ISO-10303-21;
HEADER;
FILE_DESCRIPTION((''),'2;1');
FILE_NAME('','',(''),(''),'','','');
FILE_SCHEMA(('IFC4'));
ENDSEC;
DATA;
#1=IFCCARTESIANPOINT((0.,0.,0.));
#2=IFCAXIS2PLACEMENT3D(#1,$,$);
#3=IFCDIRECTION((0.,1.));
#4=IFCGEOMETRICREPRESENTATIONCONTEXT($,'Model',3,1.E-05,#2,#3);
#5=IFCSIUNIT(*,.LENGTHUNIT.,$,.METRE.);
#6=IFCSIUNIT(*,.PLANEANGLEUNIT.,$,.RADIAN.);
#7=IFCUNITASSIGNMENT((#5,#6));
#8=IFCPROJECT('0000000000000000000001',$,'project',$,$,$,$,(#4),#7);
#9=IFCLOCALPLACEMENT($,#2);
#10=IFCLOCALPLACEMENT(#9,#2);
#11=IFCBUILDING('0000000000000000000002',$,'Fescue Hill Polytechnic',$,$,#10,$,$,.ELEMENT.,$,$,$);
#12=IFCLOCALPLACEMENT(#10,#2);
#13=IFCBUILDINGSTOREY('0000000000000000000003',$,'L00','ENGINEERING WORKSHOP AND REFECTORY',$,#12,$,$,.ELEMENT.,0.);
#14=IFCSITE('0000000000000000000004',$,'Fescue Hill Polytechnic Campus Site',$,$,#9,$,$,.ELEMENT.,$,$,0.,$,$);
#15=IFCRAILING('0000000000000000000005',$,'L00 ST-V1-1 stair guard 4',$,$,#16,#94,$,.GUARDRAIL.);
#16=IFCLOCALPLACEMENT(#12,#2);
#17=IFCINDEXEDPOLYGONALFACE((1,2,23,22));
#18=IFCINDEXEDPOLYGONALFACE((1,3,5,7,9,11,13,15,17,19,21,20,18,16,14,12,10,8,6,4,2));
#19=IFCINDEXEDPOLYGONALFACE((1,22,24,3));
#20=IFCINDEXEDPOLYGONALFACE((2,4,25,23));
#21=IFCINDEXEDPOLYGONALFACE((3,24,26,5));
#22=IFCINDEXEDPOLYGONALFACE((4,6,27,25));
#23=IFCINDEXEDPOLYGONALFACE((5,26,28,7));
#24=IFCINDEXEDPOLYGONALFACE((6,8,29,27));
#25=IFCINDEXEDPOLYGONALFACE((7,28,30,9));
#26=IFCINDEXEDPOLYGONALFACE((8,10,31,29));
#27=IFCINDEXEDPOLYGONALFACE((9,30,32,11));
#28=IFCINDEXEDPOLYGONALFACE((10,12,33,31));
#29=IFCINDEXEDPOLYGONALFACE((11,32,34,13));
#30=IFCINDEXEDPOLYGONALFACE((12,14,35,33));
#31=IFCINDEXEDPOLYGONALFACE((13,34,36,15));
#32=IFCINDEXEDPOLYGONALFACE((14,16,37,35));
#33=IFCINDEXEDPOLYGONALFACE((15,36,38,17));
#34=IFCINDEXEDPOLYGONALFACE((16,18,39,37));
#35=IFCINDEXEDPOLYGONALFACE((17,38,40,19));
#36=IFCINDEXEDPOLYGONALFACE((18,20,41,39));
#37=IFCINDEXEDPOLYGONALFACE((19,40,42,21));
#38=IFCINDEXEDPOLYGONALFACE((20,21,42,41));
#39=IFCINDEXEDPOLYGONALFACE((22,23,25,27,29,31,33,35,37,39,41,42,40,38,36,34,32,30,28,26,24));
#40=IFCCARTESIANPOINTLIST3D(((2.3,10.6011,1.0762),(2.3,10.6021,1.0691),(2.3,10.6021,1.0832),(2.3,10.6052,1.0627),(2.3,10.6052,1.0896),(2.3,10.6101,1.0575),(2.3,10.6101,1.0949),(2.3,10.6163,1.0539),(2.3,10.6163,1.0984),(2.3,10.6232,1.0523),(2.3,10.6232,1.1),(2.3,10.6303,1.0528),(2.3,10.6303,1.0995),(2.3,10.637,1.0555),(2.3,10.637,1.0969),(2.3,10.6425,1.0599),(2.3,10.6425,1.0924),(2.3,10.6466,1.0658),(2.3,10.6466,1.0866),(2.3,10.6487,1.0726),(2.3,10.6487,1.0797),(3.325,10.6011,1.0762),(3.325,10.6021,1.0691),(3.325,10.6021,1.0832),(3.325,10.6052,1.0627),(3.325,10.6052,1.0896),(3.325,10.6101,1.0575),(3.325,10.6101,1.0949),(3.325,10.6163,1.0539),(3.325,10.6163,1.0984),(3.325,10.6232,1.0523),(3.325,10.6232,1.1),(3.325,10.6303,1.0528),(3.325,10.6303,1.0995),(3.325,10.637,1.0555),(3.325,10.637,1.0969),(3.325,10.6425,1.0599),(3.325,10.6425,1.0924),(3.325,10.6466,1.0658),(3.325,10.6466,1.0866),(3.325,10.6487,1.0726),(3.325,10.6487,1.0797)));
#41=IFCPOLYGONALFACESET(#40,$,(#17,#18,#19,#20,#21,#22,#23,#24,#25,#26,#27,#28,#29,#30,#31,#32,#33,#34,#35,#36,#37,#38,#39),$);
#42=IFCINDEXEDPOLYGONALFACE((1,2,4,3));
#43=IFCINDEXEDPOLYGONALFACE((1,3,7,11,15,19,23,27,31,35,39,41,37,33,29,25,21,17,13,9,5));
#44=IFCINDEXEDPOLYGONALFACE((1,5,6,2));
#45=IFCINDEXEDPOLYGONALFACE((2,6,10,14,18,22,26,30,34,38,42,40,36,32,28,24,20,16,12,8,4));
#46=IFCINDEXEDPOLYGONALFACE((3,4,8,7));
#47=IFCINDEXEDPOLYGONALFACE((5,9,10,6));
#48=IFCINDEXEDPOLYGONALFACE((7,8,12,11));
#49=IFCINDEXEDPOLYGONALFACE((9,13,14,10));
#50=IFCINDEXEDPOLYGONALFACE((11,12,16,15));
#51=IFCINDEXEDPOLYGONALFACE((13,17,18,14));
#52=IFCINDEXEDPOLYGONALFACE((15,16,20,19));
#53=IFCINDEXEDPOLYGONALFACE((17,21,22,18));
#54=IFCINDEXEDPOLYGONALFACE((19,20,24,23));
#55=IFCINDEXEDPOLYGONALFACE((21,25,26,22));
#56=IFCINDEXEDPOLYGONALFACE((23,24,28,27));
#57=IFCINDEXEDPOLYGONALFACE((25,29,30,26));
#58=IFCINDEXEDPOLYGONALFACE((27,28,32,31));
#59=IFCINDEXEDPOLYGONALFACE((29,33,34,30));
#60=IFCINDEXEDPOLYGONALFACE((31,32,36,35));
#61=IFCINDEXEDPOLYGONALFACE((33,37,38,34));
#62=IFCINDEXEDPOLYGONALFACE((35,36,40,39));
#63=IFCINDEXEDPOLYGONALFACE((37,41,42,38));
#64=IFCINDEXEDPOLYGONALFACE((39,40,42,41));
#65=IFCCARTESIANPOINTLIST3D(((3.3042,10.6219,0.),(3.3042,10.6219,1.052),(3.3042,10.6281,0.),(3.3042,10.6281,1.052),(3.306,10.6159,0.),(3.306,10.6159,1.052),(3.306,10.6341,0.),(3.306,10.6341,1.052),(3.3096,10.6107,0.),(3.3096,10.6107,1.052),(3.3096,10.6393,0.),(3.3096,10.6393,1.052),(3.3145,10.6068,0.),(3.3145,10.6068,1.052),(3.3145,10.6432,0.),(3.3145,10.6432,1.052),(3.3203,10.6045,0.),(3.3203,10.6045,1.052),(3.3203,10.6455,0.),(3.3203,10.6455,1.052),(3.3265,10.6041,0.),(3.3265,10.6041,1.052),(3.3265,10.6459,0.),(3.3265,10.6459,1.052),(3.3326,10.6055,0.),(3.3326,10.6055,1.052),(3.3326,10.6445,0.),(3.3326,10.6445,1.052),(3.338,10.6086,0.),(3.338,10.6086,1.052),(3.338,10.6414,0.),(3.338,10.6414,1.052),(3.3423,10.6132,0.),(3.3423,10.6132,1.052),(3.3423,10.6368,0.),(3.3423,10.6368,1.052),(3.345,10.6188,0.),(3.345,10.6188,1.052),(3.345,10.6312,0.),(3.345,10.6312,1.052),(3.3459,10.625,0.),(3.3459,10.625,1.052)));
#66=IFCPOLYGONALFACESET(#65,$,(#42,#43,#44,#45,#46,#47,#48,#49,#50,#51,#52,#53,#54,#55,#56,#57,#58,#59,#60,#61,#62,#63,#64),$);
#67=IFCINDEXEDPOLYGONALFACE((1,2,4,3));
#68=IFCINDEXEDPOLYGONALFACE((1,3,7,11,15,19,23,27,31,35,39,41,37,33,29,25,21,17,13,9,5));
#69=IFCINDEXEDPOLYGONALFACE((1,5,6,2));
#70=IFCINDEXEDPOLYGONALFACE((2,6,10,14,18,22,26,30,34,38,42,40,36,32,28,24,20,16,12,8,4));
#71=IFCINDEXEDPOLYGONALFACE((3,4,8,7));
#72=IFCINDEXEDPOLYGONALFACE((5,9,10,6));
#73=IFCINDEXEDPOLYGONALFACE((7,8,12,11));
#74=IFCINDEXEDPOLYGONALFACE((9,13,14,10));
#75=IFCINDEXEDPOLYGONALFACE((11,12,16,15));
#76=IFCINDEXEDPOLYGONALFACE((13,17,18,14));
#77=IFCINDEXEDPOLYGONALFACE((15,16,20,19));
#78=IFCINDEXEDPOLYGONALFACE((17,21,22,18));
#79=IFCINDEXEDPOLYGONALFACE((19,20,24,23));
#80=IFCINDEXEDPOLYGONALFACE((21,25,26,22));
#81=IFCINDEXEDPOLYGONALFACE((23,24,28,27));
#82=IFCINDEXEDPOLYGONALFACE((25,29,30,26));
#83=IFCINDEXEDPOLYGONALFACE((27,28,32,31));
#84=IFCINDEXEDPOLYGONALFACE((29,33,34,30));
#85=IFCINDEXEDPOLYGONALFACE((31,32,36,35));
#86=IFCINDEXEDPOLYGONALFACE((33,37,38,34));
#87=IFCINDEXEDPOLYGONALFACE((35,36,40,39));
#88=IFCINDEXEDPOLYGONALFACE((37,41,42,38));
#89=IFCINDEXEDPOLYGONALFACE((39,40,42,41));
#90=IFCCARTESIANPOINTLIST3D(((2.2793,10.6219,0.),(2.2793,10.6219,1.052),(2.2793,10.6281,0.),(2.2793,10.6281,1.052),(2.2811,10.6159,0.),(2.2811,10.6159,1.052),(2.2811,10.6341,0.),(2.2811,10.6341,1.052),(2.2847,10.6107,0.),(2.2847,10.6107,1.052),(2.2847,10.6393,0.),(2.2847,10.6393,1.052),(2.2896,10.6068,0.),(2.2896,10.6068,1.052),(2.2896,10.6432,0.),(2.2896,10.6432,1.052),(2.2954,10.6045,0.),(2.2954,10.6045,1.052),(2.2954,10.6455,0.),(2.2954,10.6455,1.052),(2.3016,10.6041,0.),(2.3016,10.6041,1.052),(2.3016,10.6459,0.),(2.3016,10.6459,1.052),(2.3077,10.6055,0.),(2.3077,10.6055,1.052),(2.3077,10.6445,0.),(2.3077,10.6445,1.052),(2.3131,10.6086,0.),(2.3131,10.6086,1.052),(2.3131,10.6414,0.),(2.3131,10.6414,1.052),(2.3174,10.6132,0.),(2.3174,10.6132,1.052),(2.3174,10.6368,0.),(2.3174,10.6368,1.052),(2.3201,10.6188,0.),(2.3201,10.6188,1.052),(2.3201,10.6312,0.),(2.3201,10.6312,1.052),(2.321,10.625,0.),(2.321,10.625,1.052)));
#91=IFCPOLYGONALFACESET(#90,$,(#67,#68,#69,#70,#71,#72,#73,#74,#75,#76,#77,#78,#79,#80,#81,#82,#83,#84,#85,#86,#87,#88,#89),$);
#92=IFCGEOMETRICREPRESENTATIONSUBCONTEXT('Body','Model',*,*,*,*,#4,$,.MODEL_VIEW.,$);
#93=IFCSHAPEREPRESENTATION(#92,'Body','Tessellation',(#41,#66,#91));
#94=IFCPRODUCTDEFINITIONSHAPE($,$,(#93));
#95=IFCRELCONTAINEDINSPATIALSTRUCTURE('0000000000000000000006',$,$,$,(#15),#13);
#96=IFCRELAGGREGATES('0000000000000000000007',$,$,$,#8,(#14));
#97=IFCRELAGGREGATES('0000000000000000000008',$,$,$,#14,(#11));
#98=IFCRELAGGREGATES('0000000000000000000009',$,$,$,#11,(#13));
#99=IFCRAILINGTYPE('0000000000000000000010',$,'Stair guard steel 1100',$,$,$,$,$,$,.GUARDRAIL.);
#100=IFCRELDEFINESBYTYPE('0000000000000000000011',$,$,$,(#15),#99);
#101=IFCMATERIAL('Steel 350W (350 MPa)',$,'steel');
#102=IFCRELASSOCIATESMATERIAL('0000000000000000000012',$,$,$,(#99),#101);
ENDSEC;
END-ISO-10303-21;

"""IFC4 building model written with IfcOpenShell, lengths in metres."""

from ifc_helpers import new_model, si_unit, direction, frame, origin, origin_2d, place, context, subcontext, project, spatial, circle, extrude, material, type_object, element, save


model = new_model("IFC4")

# Units and contexts
model_context = context("Model", 3, precision=1e-05, world=origin(), true_north=direction((0.0, 1.0)))
body_context = subcontext(model_context, "Body", "Model", "MODEL_VIEW")
ifc_project = project(units=[si_unit("LENGTHUNIT", "METRE"), si_unit("PLANEANGLEUNIT", "RADIAN")], contexts=[model_context])

# Site, building, storey
site_placement = place(None, origin())
site = spatial("IfcSite", under=ifc_project, at=site_placement, Name="Fescue Hill Polytechnic Campus Site", CompositionType="ELEMENT", RefElevation=0.0)
building_placement = place(site_placement, origin())
building = spatial("IfcBuilding", under=site, at=building_placement, Name="Fescue Hill Polytechnic", CompositionType="ELEMENT")
storey_placement = place(building_placement, origin())
storey = spatial("IfcBuildingStorey", under=building, at=storey_placement, Name="L00", Description="ENGINEERING WORKSHOP AND REFECTORY", CompositionType="ELEMENT", Elevation=0.0)

# Railing
ifc_material_1 = material(Name="Steel 350W (350 MPa)", Category="steel")
railing_type_1 = type_object("IfcRailingType", Name="Stair guard steel 1100", PredefinedType="GUARDRAIL", material=ifc_material_1)
railing_1_placement = place(storey_placement, frame((3.325, 10.625, 0.0)))
element("IfcRailing", 1, at=railing_1_placement, inside=storey, type_object=railing_type_1, Name="L00 ST-V1-1 stair guard 4", PredefinedType="GUARDRAIL", context=body_context, shape_type="SweptSolid", body=[
    extrude(circle(Radius=0.0239, at=origin_2d()), frame((0.0, 0.0, 1.0762), z_axis=(-1.0, 0.0, 0.0), x_axis=(0.0, -1.0, 0.0)), (0.0, 0.0, 1.0), 1.0249),
    extrude(circle(Radius=0.021, at=origin_2d()), origin(), (0.0, 0.0, 1.0), 1.052),
    extrude(circle(Radius=0.021, at=origin_2d()), frame((-1.0249, 0.0, 0.0)), (0.0, 0.0, 1.0), 1.052),
])

save(model, "model.ifc")
